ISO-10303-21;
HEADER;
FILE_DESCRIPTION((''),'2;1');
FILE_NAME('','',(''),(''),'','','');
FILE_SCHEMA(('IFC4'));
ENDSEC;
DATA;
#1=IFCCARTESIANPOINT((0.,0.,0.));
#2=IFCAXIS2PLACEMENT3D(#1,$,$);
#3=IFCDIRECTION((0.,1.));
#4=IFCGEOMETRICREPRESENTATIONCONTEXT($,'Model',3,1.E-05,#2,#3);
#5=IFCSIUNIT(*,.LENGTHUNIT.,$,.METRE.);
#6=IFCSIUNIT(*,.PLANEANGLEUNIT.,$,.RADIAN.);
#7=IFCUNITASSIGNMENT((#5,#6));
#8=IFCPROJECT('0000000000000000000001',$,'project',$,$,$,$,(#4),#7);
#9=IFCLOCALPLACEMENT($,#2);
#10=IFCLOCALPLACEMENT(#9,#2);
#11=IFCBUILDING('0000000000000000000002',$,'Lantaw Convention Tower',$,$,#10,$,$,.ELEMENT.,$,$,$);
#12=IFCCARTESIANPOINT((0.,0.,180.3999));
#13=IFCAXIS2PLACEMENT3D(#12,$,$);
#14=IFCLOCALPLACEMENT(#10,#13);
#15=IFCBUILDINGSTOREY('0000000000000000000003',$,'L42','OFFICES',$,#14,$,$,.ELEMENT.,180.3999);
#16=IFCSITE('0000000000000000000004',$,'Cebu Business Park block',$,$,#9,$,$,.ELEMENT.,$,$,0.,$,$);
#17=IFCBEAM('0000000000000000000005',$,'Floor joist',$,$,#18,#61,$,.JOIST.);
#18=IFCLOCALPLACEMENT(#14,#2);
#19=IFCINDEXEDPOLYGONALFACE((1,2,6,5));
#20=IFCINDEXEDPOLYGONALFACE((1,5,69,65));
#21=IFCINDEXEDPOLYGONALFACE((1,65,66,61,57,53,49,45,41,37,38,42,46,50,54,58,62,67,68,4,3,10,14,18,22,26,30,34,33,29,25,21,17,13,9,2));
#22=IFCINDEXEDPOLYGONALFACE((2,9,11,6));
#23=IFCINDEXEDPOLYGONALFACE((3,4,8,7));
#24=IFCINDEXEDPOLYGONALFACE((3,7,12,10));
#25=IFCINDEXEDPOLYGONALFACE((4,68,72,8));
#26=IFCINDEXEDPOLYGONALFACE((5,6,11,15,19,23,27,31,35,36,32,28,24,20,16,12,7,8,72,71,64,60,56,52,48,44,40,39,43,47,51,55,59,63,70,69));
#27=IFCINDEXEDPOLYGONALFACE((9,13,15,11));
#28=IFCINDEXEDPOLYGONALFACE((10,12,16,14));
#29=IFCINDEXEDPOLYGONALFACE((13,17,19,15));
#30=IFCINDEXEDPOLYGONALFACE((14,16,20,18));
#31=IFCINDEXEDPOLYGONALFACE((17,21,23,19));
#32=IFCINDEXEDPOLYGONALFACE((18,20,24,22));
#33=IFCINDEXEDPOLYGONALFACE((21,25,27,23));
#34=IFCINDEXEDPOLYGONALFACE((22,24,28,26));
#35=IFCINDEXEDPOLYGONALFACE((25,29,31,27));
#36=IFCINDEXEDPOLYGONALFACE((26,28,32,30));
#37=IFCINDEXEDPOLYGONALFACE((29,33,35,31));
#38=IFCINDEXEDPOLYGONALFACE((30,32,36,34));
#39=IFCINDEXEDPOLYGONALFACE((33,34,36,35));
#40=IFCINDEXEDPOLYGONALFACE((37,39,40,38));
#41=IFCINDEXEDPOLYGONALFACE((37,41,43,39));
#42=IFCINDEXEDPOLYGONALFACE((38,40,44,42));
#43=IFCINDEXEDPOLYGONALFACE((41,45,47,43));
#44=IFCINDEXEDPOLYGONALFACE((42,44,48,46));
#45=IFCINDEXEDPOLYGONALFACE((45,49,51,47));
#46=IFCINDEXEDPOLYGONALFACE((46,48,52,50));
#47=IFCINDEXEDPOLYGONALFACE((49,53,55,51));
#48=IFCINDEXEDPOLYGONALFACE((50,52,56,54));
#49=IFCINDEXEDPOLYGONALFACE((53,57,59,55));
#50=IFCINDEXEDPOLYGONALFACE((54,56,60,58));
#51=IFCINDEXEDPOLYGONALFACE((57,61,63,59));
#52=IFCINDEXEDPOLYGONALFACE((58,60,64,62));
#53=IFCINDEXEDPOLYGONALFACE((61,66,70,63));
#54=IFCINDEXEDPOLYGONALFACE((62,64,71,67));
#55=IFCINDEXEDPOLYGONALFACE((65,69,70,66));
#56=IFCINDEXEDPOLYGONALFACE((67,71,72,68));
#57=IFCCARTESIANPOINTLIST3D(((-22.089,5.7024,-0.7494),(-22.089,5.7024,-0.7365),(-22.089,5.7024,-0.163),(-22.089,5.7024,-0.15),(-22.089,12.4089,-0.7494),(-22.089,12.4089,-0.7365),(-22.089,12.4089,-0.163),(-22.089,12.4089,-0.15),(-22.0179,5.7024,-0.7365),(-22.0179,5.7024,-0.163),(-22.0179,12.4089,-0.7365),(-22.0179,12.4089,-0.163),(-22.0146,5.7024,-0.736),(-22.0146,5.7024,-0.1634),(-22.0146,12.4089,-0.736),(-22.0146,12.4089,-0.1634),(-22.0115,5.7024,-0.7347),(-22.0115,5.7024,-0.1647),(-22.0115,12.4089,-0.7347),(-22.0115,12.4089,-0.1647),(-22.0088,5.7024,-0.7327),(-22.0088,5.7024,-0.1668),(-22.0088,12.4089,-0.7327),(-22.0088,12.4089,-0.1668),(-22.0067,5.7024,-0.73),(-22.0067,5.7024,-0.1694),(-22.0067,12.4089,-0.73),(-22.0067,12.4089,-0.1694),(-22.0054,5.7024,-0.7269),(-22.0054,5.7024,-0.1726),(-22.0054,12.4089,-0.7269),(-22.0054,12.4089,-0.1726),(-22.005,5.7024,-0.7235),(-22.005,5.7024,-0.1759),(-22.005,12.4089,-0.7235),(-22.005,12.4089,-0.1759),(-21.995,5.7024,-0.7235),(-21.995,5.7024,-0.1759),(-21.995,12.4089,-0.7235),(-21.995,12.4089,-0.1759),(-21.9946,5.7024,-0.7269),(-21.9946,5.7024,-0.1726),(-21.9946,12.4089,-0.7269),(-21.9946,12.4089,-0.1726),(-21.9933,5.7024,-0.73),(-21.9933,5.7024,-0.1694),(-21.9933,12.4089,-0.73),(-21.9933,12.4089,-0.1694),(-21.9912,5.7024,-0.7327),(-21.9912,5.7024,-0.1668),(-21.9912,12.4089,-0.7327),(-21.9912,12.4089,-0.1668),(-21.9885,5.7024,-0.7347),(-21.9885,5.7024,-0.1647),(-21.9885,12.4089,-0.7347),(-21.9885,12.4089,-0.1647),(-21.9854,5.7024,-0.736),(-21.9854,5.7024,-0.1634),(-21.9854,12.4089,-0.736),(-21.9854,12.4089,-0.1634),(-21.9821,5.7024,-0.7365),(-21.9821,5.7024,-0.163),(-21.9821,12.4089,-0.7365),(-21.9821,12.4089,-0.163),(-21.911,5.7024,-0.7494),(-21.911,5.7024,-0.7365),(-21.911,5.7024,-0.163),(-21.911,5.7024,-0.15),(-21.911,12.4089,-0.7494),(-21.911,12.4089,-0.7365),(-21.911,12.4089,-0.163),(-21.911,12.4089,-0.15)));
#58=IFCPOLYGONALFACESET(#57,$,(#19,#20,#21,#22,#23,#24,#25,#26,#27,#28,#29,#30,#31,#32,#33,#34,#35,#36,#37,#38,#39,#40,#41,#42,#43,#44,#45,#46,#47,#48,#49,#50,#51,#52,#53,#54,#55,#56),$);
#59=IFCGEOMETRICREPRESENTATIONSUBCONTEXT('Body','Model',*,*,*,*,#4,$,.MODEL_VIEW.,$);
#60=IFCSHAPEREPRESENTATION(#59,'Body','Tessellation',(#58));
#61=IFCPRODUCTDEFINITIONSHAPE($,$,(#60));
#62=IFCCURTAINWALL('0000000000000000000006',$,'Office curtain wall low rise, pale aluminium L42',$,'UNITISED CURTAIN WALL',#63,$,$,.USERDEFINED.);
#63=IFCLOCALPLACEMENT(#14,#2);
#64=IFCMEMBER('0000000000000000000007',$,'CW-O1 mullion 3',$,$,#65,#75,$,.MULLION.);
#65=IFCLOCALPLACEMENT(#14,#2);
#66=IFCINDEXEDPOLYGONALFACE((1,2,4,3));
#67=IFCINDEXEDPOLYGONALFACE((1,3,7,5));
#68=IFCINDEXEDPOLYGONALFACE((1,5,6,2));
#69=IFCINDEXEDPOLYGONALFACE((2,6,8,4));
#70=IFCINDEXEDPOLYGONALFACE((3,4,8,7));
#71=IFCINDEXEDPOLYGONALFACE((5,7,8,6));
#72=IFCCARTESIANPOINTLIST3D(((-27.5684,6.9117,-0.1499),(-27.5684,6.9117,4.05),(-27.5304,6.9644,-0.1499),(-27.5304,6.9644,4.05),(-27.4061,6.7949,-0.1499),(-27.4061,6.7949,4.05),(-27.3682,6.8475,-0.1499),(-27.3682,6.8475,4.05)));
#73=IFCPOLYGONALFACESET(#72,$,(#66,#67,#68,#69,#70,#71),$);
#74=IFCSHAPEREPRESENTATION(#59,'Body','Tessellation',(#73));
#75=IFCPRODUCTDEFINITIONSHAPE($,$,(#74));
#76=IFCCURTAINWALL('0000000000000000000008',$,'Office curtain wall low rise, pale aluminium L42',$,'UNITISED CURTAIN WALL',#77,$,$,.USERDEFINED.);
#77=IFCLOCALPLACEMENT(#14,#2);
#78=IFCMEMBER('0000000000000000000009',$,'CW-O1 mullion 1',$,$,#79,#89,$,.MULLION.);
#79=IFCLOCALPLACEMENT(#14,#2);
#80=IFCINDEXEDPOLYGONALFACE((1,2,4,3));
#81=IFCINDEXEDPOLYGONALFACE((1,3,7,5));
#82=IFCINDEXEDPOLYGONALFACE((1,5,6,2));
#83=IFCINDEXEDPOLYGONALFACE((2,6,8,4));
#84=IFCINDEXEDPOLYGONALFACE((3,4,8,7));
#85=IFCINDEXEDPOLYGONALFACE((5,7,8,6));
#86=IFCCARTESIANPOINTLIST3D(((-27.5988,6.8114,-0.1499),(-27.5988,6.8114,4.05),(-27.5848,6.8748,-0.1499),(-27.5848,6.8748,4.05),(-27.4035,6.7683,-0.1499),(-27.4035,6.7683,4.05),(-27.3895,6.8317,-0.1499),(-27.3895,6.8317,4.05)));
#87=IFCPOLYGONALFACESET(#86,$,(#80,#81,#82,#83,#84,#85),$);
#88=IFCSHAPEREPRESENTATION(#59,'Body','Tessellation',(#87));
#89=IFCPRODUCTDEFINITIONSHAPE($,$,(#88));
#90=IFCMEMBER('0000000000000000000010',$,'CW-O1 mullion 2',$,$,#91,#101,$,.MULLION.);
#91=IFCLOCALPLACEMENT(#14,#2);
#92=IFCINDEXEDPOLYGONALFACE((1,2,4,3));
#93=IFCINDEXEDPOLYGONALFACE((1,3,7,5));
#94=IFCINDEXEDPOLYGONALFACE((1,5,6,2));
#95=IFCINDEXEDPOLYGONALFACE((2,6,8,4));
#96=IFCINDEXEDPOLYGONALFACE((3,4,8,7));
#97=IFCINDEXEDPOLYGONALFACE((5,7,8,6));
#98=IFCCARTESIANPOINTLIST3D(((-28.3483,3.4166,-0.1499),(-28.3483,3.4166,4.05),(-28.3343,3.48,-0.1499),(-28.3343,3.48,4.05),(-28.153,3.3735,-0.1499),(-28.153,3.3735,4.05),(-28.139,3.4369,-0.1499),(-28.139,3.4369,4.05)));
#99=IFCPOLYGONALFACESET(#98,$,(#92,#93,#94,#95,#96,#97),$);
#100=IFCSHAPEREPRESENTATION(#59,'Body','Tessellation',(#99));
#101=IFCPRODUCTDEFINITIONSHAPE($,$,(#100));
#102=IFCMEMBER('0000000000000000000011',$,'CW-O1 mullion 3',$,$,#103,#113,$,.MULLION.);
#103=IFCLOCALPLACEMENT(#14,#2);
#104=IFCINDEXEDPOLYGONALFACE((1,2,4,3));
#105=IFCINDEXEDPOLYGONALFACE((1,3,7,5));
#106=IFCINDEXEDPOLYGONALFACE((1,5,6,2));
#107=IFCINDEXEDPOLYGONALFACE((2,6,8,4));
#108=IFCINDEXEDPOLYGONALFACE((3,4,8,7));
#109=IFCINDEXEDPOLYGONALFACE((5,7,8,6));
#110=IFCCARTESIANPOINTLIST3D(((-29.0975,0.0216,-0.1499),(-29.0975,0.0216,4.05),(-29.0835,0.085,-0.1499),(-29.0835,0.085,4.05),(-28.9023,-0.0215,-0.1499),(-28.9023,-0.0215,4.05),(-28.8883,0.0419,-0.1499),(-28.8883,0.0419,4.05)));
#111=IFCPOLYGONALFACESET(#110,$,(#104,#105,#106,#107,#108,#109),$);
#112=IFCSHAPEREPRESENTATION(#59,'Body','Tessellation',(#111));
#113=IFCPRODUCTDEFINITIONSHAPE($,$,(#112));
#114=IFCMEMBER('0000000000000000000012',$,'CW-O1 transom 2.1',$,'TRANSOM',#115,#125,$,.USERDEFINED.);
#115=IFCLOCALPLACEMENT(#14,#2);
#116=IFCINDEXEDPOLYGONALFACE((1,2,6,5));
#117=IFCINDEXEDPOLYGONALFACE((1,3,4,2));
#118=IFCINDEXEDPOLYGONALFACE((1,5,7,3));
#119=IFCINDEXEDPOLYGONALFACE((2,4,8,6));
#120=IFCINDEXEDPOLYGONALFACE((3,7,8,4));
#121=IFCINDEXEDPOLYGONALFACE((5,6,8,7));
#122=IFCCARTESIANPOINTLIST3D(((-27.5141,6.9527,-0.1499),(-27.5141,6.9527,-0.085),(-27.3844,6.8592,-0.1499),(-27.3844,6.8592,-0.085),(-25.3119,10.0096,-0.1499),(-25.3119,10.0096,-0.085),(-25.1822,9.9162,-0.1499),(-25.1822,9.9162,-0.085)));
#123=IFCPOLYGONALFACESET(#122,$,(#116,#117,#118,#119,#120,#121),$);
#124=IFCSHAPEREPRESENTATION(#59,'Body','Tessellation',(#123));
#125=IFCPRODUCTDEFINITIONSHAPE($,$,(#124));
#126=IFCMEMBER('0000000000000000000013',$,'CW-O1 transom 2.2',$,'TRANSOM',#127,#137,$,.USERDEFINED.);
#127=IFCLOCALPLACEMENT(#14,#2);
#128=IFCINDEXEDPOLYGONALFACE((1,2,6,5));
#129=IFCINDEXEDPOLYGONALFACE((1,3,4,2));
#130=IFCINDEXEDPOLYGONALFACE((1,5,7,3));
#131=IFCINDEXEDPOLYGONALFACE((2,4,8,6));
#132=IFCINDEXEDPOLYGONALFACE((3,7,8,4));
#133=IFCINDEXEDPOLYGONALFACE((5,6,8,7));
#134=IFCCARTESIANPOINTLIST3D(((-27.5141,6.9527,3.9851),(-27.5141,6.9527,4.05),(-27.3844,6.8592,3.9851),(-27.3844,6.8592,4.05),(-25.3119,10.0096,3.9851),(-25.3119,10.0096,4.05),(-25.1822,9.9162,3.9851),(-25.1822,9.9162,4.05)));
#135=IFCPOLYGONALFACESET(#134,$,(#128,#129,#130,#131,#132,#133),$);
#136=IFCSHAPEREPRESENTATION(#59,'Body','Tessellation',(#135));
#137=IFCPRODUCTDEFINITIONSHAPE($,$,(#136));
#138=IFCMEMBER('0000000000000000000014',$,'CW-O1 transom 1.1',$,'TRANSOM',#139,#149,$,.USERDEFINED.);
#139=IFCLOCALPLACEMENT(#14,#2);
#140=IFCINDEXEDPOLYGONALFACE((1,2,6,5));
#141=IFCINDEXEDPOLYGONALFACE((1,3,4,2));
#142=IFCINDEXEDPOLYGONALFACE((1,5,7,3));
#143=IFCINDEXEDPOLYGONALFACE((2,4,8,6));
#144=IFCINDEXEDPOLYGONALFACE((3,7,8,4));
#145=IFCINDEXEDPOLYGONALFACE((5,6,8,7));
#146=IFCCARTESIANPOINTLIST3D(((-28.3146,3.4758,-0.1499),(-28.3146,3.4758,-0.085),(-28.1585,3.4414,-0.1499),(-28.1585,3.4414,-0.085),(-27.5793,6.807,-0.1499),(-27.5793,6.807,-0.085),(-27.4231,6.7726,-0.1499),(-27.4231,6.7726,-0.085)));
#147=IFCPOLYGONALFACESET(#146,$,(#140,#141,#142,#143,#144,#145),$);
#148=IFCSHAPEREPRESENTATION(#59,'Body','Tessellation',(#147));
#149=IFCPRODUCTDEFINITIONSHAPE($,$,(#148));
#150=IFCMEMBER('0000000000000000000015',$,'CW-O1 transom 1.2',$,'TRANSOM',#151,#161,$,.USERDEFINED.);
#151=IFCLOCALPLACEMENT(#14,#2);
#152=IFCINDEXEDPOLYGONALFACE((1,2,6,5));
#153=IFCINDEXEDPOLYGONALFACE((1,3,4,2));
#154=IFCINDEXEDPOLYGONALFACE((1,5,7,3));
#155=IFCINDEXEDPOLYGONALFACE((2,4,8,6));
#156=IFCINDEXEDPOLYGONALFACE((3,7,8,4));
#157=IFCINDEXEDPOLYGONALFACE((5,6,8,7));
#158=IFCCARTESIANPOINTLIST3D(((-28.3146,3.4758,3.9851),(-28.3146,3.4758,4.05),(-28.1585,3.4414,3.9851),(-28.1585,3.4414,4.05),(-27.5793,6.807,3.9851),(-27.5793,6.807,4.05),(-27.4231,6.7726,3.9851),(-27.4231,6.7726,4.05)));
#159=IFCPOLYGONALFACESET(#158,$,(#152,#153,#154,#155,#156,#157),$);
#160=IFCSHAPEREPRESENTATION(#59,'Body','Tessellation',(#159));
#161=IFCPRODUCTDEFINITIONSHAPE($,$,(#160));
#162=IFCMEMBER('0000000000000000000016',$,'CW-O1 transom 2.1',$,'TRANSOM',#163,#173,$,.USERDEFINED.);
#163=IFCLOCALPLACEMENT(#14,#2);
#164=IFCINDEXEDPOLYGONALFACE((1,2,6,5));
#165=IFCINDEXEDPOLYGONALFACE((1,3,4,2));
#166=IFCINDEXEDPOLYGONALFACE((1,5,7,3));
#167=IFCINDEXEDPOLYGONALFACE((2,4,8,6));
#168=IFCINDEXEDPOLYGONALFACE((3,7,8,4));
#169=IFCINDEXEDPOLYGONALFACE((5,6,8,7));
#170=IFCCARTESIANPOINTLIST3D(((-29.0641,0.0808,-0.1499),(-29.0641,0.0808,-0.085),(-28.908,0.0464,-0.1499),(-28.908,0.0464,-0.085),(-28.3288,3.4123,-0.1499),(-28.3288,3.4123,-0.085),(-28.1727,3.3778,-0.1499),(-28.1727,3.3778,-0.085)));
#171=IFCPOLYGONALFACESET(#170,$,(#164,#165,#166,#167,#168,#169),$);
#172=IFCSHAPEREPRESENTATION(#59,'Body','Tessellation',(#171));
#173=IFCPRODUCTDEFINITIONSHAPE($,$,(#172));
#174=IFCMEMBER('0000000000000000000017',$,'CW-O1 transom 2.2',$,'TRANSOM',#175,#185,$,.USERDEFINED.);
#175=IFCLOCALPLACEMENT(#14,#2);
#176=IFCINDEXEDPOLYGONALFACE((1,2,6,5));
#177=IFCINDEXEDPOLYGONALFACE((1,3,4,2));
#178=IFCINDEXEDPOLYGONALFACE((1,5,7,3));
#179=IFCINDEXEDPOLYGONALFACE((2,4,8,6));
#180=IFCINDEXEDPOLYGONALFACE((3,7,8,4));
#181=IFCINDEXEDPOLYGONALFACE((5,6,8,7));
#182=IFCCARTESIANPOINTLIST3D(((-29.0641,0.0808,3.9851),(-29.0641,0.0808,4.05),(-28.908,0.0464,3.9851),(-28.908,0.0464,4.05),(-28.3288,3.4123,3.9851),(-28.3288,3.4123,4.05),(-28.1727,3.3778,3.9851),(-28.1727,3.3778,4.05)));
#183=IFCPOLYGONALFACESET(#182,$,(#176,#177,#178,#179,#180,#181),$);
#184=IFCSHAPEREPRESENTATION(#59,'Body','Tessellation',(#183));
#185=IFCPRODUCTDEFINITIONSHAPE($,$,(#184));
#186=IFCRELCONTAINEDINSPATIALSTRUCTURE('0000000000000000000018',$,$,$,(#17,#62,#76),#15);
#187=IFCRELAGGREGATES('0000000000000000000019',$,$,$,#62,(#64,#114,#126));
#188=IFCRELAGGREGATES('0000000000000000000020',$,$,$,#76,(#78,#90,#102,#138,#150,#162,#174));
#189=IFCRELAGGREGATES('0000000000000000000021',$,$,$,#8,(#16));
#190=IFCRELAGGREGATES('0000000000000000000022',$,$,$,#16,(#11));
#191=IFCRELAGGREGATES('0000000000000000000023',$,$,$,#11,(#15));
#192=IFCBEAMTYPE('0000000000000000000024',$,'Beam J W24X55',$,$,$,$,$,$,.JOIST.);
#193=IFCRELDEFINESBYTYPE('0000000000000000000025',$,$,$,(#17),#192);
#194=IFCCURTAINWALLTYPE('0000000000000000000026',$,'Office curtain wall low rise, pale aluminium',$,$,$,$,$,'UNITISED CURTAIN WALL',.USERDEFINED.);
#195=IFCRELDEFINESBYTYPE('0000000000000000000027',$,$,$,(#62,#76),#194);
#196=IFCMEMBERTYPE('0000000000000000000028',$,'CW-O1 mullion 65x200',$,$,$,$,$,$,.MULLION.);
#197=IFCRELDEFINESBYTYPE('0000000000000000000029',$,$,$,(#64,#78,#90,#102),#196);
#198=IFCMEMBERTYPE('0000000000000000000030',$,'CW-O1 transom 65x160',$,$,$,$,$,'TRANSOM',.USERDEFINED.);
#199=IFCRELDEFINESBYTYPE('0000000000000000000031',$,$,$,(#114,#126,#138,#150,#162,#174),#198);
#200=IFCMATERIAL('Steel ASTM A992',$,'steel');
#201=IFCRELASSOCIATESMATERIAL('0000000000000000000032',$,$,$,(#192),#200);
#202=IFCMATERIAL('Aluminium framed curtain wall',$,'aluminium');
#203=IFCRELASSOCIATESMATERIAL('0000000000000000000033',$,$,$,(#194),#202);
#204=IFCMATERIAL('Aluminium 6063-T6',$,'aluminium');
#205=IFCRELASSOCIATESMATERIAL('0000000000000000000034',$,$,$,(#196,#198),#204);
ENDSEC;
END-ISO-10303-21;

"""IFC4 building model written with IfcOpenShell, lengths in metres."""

from ifc_helpers import new_model, si_unit, direction, frame, origin, origin_2d, place, context, subcontext, project, spatial, rectangle, i_section, extrude, material, material_profile, profile_set, type_object, element, aggregate, save


model = new_model("IFC4")

# Units and contexts
model_context = context("Model", 3, precision=1e-05, world=origin(), true_north=direction((0.0, 1.0)))
body_context = subcontext(model_context, "Body", "Model", "MODEL_VIEW")
ifc_project = project(units=[si_unit("LENGTHUNIT", "METRE"), si_unit("PLANEANGLEUNIT", "RADIAN")], contexts=[model_context])

# Site, building, storey
site_placement = place(None, origin())
site = spatial("IfcSite", under=ifc_project, at=site_placement, Name="Cebu Business Park block", CompositionType="ELEMENT", RefElevation=0.0)
building_placement = place(site_placement, origin())
building = spatial("IfcBuilding", under=site, at=building_placement, Name="Lantaw Convention Tower", CompositionType="ELEMENT")
storey_placement = place(building_placement, frame((0.0, 0.0, 180.3999)))
storey = spatial("IfcBuildingStorey", under=building, at=storey_placement, Name="L42", Description="OFFICES", CompositionType="ELEMENT", Elevation=180.3999)

# Beam
ifc_material_1 = material(Name="Steel ASTM A992", Category="steel")
ifc_material_profile_1 = material_profile(ifc_material_1, i_section(OverallWidth=0.178, OverallDepth=0.5994, WebThickness=0.01, FlangeThickness=0.0129, FilletRadius=0.0129, at=origin_2d()), Name="W24X55")
ifc_profile_set_1 = profile_set([ifc_material_profile_1], Name="Steel ASTM A992")
beam_type_1 = type_object("IfcBeamType", Name="Beam J W24X55", PredefinedType="JOIST", material=ifc_profile_set_1)
beam_1_placement = place(storey_placement, frame((-22.0, 5.7024, -0.4497), z_axis=(0.0, 1.0, 0.0), x_axis=(-1.0, 0.0, 0.0)))
element("IfcBeam", 1, at=beam_1_placement, inside=storey, type_object=beam_type_1, Name="Floor joist", PredefinedType="JOIST", context=body_context, shape_type="SweptSolid", body=[
    extrude(i_section(OverallWidth=0.178, OverallDepth=0.5994, WebThickness=0.01, FlangeThickness=0.0129, FilletRadius=0.0129, at=origin_2d()), origin(), (0.0, 0.0, 1.0), 6.7065),
])

# Curtain wall, member
ifc_material_2 = material(Name="Aluminium framed curtain wall", Category="aluminium")
curtain_wall_type = type_object("IfcCurtainWallType", Name="Office curtain wall low rise, pale aluminium", ElementType="UNITISED CURTAIN WALL", PredefinedType="USERDEFINED", material=ifc_material_2)
curtain_wall_1_placement = place(storey_placement, origin())
curtain_wall_1 = element("IfcCurtainWall", 2, at=curtain_wall_1_placement, inside=storey, type_object=curtain_wall_type, Name="Office curtain wall low rise, pale aluminium L42", ObjectType="UNITISED CURTAIN WALL", PredefinedType="USERDEFINED")
ifc_material_3 = material(Name="Aluminium 6063-T6", Category="aluminium")
ifc_material_profile_2 = material_profile(ifc_material_3, rectangle(XDim=0.2, YDim=0.0649, at=origin_2d()), Name="CW-O1 mullion 65x200")
ifc_profile_set_2 = profile_set([ifc_material_profile_2], Name="Aluminium 6063-T6")
member_type_1 = type_object("IfcMemberType", Name="CW-O1 mullion 65x200", PredefinedType="MULLION", material=ifc_profile_set_2)
member_1_placement = place(storey_placement, frame((-27.4683, 6.8796, -0.1499), z_axis=(0.0, 0.0, 1.0), x_axis=(0.811385, -0.584513, 0.0)))
member_1 = element("IfcMember", 3, at=member_1_placement, type_object=member_type_1, Name="CW-O1 mullion 3", PredefinedType="MULLION", context=body_context, shape_type="SweptSolid", body=[
    extrude(rectangle(XDim=0.2, YDim=0.0649, at=origin_2d()), origin(), (0.0, 0.0, 1.0), 4.2),
])

# Curtain wall, members
curtain_wall_2_placement = place(storey_placement, origin())
curtain_wall_2 = element("IfcCurtainWall", 4, at=curtain_wall_2_placement, inside=storey, type_object=curtain_wall_type, Name="Office curtain wall low rise, pale aluminium L42", ObjectType="UNITISED CURTAIN WALL", PredefinedType="USERDEFINED")
member_2_placement = place(storey_placement, frame((-27.4941, 6.8215, -0.1499), z_axis=(0.0, 0.0, 1.0), x_axis=(0.976494, -0.215546, 0.0)))
member_2 = element("IfcMember", 5, at=member_2_placement, type_object=member_type_1, Name="CW-O1 mullion 1", PredefinedType="MULLION", context=body_context, shape_type="SweptSolid", body=[
    extrude(rectangle(XDim=0.2, YDim=0.0649, at=origin_2d()), origin(), (0.0, 0.0, 1.0), 4.2),
])
member_3_placement = place(storey_placement, frame((-28.2437, 3.4268, -0.1499), z_axis=(0.0, 0.0, 1.0), x_axis=(0.976494, -0.215546, 0.0)))
member_3 = element("IfcMember", 6, at=member_3_placement, type_object=member_type_1, Name="CW-O1 mullion 2", PredefinedType="MULLION", context=body_context, shape_type="SweptSolid", body=[
    extrude(rectangle(XDim=0.2, YDim=0.0649, at=origin_2d()), origin(), (0.0, 0.0, 1.0), 4.2),
])
member_4_placement = place(storey_placement, frame((-28.9929, 0.0317, -0.1499), z_axis=(0.0, 0.0, 1.0), x_axis=(0.976494, -0.215546, 0.0)))
member_4 = element("IfcMember", 7, at=member_4_placement, type_object=member_type_1, Name="CW-O1 mullion 3", PredefinedType="MULLION", context=body_context, shape_type="SweptSolid", body=[
    extrude(rectangle(XDim=0.2, YDim=0.0649, at=origin_2d()), origin(), (0.0, 0.0, 1.0), 4.2),
])

# Members
ifc_material_profile_3 = material_profile(ifc_material_3, rectangle(XDim=0.1599, YDim=0.0649, at=origin_2d()), Name="CW-O1 transom 65x160")
ifc_profile_set_3 = profile_set([ifc_material_profile_3], Name="Aluminium 6063-T6")
member_type_2 = type_object("IfcMemberType", Name="CW-O1 transom 65x160", ElementType="TRANSOM", PredefinedType="USERDEFINED", material=ifc_profile_set_3)
member_5_placement = place(storey_placement, frame((-25.2471, 9.9629, -0.1174), z_axis=(-0.584513, -0.811384, 0.0), x_axis=(0.811384, -0.584513, 0.0)))
member_5 = element("IfcMember", 8, at=member_5_placement, type_object=member_type_2, Name="CW-O1 transom 2.1", ObjectType="TRANSOM", PredefinedType="USERDEFINED", context=body_context, shape_type="SweptSolid", body=[
    extrude(rectangle(XDim=0.1599, YDim=0.0649, at=origin_2d()), origin(), (0.0, 0.0, 1.0), 3.7676),
])
member_6_placement = place(storey_placement, frame((-25.2471, 9.9629, 4.0176), z_axis=(-0.584513, -0.811384, 0.0), x_axis=(0.811384, -0.584513, 0.0)))
member_6 = element("IfcMember", 9, at=member_6_placement, type_object=member_type_2, Name="CW-O1 transom 2.2", ObjectType="TRANSOM", PredefinedType="USERDEFINED", context=body_context, shape_type="SweptSolid", body=[
    extrude(rectangle(XDim=0.1599, YDim=0.0649, at=origin_2d()), origin(), (0.0, 0.0, 1.0), 3.7676),
])
member_7_placement = place(storey_placement, frame((-27.5012, 6.7898, -0.1174), z_axis=(-0.215551, -0.976493, 0.0), x_axis=(0.976493, -0.215551, 0.0)))
member_7 = element("IfcMember", 10, at=member_7_placement, type_object=member_type_2, Name="CW-O1 transom 1.1", ObjectType="TRANSOM", PredefinedType="USERDEFINED", context=body_context, shape_type="SweptSolid", body=[
    extrude(rectangle(XDim=0.1599, YDim=0.0649, at=origin_2d()), origin(), (0.0, 0.0, 1.0), 3.4114),
])
member_8_placement = place(storey_placement, frame((-27.5012, 6.7898, 4.0176), z_axis=(-0.215551, -0.976493, 0.0), x_axis=(0.976493, -0.215551, 0.0)))
member_8 = element("IfcMember", 11, at=member_8_placement, type_object=member_type_2, Name="CW-O1 transom 1.2", ObjectType="TRANSOM", PredefinedType="USERDEFINED", context=body_context, shape_type="SweptSolid", body=[
    extrude(rectangle(XDim=0.1599, YDim=0.0649, at=origin_2d()), origin(), (0.0, 0.0, 1.0), 3.4114),
])
member_9_placement = place(storey_placement, frame((-28.2507, 3.395, -0.1174), z_axis=(-0.215536, -0.976496, 0.0), x_axis=(0.976496, -0.215536, 0.0)))
member_9 = element("IfcMember", 12, at=member_9_placement, type_object=member_type_2, Name="CW-O1 transom 2.1", ObjectType="TRANSOM", PredefinedType="USERDEFINED", context=body_context, shape_type="SweptSolid", body=[
    extrude(rectangle(XDim=0.1599, YDim=0.0649, at=origin_2d()), origin(), (0.0, 0.0, 1.0), 3.4116),
])
member_10_placement = place(storey_placement, frame((-28.2507, 3.395, 4.0176), z_axis=(-0.215536, -0.976496, 0.0), x_axis=(0.976496, -0.215536, 0.0)))
member_10 = element("IfcMember", 13, at=member_10_placement, type_object=member_type_2, Name="CW-O1 transom 2.2", ObjectType="TRANSOM", PredefinedType="USERDEFINED", context=body_context, shape_type="SweptSolid", body=[
    extrude(rectangle(XDim=0.1599, YDim=0.0649, at=origin_2d()), origin(), (0.0, 0.0, 1.0), 3.4116),
])

aggregate(curtain_wall_1, [member_1, member_5, member_6])
aggregate(curtain_wall_2, [member_2, member_3, member_4, member_7, member_8, member_9, member_10])

save(model, "model.ifc")
